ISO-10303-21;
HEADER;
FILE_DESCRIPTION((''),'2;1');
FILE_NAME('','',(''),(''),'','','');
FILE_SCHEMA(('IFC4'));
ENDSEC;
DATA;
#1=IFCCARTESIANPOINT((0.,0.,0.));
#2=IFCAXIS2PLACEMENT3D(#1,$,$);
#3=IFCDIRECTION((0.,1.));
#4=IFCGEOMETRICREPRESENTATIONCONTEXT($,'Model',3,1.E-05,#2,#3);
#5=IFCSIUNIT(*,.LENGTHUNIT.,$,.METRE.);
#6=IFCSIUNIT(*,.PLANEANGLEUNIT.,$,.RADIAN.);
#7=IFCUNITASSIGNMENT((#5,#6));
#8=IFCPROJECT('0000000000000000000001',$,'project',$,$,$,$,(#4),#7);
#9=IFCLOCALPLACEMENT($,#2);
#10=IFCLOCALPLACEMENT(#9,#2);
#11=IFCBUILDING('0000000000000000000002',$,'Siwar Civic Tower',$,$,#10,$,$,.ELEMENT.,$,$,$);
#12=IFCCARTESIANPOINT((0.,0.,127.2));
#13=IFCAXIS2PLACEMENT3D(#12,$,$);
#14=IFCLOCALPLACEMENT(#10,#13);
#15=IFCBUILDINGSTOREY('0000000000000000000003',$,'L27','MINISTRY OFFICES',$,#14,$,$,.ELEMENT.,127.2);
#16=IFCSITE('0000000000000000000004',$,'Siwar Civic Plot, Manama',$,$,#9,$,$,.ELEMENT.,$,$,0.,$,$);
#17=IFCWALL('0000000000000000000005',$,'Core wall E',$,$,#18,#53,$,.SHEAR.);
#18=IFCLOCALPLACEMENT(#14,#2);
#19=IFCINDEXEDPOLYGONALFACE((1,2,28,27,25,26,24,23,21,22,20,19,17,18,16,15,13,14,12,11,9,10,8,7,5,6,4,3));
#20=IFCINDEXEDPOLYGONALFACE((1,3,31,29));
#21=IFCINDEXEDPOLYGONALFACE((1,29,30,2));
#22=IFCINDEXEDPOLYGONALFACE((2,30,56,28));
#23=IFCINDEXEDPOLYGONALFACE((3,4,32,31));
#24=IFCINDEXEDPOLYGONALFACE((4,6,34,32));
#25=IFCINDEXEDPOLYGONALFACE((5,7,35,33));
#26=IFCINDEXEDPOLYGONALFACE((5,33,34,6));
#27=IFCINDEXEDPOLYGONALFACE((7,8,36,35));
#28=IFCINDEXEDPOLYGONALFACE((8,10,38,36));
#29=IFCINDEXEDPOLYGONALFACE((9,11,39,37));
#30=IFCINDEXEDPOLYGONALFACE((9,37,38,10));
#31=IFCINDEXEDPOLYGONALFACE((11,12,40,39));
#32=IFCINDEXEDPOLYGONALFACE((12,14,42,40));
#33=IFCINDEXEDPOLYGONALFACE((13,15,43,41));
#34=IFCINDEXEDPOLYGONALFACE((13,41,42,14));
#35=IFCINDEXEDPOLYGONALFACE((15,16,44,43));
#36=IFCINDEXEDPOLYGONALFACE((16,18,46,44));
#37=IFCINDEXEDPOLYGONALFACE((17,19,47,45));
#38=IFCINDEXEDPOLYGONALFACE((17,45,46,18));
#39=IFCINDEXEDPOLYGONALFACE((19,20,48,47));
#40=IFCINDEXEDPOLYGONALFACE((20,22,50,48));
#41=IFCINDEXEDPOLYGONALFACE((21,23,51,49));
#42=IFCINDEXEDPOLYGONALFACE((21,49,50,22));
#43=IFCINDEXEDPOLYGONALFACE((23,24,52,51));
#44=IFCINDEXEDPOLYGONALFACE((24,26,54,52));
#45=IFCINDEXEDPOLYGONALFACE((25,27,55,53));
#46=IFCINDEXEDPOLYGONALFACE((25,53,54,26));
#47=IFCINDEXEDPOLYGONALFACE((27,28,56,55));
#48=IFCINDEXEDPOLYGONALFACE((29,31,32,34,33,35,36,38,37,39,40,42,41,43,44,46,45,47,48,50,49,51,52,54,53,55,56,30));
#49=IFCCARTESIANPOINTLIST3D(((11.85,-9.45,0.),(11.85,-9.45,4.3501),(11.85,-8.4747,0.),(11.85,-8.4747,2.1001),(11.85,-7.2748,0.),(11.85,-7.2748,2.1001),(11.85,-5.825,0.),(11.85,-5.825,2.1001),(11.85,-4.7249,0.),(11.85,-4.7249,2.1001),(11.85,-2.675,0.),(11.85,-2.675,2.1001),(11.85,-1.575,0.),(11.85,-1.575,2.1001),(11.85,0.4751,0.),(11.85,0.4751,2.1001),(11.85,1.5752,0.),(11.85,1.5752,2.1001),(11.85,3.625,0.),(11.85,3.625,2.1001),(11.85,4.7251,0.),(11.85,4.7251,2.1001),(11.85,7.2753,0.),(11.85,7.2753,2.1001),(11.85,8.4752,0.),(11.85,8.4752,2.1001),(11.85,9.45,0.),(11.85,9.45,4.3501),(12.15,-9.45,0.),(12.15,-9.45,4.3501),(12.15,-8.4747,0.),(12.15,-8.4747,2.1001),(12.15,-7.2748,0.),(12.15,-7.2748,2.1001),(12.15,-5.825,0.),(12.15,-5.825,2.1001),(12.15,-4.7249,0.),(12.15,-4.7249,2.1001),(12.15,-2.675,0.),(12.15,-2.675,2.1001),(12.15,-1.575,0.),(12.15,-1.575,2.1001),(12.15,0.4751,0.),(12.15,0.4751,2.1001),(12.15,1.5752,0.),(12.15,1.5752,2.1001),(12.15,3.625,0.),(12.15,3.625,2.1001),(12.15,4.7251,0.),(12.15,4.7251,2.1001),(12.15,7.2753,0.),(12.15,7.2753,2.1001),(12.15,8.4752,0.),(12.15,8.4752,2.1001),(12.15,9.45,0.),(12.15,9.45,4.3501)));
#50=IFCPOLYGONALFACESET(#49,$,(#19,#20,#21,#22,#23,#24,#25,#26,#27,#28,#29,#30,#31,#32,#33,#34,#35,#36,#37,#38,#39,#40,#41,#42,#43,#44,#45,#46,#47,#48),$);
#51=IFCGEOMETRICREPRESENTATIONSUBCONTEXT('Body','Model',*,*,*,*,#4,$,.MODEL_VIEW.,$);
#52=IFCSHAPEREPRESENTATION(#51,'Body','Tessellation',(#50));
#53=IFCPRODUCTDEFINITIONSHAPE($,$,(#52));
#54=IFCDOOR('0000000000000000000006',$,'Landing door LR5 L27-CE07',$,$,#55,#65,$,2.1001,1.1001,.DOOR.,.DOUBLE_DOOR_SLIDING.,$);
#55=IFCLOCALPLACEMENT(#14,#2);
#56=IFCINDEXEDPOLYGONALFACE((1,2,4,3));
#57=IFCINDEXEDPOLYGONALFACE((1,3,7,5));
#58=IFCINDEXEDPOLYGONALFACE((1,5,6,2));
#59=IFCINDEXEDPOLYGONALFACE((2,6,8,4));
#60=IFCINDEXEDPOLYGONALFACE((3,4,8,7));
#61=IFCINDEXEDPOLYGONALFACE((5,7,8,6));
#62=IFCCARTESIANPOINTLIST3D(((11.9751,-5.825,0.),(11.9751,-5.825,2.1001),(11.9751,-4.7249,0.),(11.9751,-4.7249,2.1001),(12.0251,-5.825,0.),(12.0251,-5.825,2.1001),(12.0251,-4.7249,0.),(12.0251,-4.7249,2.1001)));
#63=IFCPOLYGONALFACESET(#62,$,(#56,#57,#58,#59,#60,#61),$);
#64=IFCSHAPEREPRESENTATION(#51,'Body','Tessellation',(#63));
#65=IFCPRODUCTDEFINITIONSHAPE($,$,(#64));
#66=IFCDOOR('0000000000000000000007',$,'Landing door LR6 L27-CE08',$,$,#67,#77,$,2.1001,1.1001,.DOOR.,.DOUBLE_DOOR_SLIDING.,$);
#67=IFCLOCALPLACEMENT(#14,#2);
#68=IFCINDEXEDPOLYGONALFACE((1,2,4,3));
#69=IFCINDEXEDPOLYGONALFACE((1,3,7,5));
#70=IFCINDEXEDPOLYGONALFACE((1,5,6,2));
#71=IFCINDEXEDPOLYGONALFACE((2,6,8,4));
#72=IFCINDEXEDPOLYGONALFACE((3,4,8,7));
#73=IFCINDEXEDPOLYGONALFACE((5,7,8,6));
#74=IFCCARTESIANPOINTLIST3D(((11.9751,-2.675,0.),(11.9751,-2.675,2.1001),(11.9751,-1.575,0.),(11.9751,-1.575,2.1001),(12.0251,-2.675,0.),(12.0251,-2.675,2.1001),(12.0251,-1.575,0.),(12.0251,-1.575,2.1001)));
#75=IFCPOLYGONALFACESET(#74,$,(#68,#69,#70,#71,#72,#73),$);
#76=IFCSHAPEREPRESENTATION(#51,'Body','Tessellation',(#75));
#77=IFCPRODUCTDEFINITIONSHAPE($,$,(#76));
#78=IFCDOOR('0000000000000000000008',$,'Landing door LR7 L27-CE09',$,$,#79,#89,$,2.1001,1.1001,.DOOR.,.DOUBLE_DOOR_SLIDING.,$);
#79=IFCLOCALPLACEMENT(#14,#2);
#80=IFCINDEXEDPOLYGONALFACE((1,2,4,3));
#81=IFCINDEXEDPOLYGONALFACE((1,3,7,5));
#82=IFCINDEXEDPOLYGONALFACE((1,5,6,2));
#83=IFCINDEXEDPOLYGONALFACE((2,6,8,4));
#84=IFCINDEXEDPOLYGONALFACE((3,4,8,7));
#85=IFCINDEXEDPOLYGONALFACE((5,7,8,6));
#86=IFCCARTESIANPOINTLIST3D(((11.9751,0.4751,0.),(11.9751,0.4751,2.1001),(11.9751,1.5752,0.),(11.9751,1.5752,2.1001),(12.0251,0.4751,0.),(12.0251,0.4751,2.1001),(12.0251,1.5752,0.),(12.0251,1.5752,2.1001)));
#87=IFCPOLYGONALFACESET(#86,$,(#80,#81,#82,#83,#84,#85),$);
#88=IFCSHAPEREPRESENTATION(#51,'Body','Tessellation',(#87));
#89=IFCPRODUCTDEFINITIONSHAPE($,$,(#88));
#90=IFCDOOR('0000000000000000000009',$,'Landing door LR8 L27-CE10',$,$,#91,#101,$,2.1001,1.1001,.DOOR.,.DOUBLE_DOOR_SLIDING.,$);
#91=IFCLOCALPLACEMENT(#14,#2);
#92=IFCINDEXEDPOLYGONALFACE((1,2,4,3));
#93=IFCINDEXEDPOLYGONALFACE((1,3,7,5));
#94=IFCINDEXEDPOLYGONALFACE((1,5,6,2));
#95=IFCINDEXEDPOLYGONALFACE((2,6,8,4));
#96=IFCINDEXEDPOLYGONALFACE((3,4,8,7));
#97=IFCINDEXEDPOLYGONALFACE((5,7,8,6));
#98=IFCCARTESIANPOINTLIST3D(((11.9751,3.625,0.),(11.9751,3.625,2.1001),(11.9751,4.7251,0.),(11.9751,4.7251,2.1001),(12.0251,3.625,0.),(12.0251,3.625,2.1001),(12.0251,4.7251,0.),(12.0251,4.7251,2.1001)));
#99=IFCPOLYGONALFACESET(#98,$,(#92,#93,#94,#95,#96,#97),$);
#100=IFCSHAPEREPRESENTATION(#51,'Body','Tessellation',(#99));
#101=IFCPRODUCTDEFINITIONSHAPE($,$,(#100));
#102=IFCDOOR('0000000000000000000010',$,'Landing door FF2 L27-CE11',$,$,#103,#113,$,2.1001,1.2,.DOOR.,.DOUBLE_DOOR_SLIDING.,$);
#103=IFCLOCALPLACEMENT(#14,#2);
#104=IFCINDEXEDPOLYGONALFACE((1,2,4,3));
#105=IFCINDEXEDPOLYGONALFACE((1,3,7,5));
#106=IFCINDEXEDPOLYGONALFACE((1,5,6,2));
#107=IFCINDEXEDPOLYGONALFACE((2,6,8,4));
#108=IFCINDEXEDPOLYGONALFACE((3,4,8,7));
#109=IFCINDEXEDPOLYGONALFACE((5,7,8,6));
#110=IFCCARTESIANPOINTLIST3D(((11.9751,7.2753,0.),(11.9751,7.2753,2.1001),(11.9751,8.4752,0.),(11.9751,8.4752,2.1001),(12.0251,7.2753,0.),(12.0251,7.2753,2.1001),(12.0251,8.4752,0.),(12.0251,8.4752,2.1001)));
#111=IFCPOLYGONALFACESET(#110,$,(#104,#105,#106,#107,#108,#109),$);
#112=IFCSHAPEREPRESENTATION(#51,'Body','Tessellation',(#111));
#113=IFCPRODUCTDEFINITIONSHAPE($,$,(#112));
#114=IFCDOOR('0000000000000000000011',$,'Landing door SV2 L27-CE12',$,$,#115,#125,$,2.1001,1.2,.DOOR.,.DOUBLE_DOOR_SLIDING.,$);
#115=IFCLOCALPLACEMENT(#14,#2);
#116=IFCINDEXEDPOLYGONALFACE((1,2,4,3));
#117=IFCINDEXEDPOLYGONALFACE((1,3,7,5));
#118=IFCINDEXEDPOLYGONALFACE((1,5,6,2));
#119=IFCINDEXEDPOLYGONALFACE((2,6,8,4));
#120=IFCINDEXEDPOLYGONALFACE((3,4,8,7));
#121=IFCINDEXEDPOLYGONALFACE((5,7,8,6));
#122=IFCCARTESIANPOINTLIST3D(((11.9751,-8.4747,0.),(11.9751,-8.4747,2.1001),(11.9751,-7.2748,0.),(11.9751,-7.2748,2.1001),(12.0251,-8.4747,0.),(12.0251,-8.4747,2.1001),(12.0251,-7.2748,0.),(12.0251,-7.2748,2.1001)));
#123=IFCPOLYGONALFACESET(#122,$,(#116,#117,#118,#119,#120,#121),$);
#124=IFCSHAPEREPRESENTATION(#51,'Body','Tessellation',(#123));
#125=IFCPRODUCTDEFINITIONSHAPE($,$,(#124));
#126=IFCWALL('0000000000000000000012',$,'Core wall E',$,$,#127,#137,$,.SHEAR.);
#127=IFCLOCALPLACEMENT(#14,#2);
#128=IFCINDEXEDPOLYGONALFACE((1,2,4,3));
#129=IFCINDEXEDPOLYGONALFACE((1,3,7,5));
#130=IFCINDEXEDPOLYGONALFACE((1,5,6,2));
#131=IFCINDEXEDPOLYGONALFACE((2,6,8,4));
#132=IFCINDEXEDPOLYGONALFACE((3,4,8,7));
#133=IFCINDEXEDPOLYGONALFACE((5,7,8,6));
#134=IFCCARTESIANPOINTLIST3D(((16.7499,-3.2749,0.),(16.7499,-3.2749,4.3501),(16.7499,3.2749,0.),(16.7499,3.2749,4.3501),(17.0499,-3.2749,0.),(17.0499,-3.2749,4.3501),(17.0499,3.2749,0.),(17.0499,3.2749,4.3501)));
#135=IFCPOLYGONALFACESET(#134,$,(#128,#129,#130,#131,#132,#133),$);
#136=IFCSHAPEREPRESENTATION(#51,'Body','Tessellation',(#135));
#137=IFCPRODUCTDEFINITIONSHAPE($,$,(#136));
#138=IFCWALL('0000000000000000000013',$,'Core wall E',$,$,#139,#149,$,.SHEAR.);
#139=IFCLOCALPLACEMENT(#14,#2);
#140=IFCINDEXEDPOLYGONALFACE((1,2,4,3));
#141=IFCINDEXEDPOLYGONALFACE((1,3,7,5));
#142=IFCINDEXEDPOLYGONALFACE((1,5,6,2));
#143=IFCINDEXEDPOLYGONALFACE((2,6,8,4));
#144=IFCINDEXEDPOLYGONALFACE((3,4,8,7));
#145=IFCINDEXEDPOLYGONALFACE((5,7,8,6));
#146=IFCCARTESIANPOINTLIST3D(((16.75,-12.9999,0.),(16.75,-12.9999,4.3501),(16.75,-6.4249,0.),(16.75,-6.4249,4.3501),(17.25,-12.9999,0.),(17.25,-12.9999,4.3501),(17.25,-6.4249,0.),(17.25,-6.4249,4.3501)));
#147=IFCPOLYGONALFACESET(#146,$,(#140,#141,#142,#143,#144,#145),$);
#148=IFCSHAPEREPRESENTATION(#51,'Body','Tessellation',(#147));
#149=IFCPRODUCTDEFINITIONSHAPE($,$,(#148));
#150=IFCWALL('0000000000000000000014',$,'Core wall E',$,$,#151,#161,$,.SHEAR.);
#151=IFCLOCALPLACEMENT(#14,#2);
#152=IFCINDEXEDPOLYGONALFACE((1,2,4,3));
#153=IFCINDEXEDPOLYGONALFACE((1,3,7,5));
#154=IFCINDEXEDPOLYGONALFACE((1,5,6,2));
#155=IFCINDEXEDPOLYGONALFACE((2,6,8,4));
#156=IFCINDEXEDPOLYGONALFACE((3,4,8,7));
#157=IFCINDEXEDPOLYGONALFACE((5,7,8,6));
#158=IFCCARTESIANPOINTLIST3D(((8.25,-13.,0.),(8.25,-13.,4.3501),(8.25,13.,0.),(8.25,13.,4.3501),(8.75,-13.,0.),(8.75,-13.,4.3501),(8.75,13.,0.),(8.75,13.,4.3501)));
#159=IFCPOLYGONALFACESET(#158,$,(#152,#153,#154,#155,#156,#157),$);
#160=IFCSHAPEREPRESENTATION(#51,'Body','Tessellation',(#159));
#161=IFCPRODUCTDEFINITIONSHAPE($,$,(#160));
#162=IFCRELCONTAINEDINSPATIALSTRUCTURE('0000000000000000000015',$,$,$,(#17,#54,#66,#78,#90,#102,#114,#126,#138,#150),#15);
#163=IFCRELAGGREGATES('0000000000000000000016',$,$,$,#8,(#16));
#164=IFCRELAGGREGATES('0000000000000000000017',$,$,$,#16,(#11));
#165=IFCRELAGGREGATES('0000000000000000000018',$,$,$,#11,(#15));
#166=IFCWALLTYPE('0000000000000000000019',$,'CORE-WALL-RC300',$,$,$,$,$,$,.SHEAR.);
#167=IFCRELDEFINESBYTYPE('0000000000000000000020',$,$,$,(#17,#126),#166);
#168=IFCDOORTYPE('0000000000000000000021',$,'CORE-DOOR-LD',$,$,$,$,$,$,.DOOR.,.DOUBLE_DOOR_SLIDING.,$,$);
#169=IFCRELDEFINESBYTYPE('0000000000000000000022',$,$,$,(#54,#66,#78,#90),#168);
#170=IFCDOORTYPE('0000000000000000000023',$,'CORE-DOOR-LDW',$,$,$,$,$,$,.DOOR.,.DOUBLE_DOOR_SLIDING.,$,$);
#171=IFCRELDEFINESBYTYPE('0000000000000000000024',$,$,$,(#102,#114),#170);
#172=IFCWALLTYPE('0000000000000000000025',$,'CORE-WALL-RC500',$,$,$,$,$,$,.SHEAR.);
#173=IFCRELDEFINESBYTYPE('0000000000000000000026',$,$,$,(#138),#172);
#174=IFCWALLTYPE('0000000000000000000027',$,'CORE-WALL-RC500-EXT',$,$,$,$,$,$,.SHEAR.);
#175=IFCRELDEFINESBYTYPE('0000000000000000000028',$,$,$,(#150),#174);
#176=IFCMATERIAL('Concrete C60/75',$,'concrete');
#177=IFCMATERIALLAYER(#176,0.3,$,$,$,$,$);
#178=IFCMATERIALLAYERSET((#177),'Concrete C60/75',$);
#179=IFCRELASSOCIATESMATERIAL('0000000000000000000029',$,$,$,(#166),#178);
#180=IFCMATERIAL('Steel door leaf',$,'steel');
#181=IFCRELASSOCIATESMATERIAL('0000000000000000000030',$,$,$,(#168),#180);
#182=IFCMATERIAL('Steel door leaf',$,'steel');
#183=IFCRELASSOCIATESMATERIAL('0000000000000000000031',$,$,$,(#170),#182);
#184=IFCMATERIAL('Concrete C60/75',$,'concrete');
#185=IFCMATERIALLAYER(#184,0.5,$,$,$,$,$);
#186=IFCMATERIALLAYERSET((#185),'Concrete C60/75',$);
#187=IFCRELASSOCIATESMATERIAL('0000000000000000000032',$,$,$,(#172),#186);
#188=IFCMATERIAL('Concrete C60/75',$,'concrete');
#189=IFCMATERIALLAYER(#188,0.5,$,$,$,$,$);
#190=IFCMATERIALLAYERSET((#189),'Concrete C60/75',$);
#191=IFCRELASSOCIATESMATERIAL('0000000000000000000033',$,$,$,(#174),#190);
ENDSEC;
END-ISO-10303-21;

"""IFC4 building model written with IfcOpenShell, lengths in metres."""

from ifc_helpers import new_model, si_unit, direction, frame, frame_2d, origin, place, context, subcontext, project, spatial, rectangle, extrude, material, layer, layer_set, type_object, element, fill, save


model = new_model("IFC4")

# Units and contexts
model_context = context("Model", 3, precision=1e-05, world=origin(), true_north=direction((0.0, 1.0)))
body_context = subcontext(model_context, "Body", "Model", "MODEL_VIEW")
ifc_project = project(units=[si_unit("LENGTHUNIT", "METRE"), si_unit("PLANEANGLEUNIT", "RADIAN")], contexts=[model_context])

# Site, building, storey
site_placement = place(None, origin())
site = spatial("IfcSite", under=ifc_project, at=site_placement, Name="Siwar Civic Plot, Manama", CompositionType="ELEMENT", RefElevation=0.0)
building_placement = place(site_placement, origin())
building = spatial("IfcBuilding", under=site, at=building_placement, Name="Siwar Civic Tower", CompositionType="ELEMENT")
storey_placement = place(building_placement, frame((0.0, 0.0, 127.2)))
storey = spatial("IfcBuildingStorey", under=building, at=storey_placement, Name="L27", Description="MINISTRY OFFICES", CompositionType="ELEMENT", Elevation=127.2)

# Wall, openings, doors
ifc_material_1 = material(Name="Concrete C60/75", Category="concrete")
ifc_layer_1 = layer(ifc_material_1, 0.3)
ifc_layer_set_1 = layer_set([ifc_layer_1], Name="Concrete C60/75")
wall_type_1 = type_object("IfcWallType", Name="CORE-WALL-RC300", PredefinedType="SHEAR", material=ifc_layer_set_1)
wall_1_placement = place(storey_placement, frame((12.0, -9.45, 0.0), z_axis=(0.0, 0.0, 1.0), x_axis=(0.0, 1.0, 0.0)))
wall_1 = element("IfcWall", 1, at=wall_1_placement, inside=storey, type_object=wall_type_1, Name="Core wall E", PredefinedType="SHEAR", context=body_context, shape_type="SweptSolid", body=[
    extrude(rectangle(XDim=18.8999, YDim=0.3, at=frame_2d((9.45, 0.0))), origin(), (0.0, 0.0, 1.0), 4.3501),
])
opening_1_placement = place(wall_1_placement, frame((3.625, 0.0, 0.0)))
opening_1 = element("IfcOpeningElement", 2, at=opening_1_placement, cuts=wall_1, PredefinedType="OPENING", context=body_context, shape_type="SweptSolid", body=[
    extrude(rectangle(XDim=1.1001, YDim=2.1001, at=frame_2d((0.55, 1.05))), frame((0.0, 0.1602, 0.0), z_axis=(0.0, -1.0, 0.0), x_axis=(1.0, 0.0, 0.0)), (0.0, 0.0, 1.0), 0.3201),
])
opening_2_placement = place(wall_1_placement, frame((6.7749, 0.0, 0.0)))
opening_2 = element("IfcOpeningElement", 3, at=opening_2_placement, cuts=wall_1, PredefinedType="OPENING", context=body_context, shape_type="SweptSolid", body=[
    extrude(rectangle(XDim=1.1001, YDim=2.1001, at=frame_2d((0.55, 1.05))), frame((0.0, 0.1602, 0.0), z_axis=(0.0, -1.0, 0.0), x_axis=(1.0, 0.0, 0.0)), (0.0, 0.0, 1.0), 0.3201),
])
opening_3_placement = place(wall_1_placement, frame((9.925, 0.0, 0.0)))
opening_3 = element("IfcOpeningElement", 4, at=opening_3_placement, cuts=wall_1, PredefinedType="OPENING", context=body_context, shape_type="SweptSolid", body=[
    extrude(rectangle(XDim=1.1001, YDim=2.1001, at=frame_2d((0.55, 1.05))), frame((0.0, 0.1602, 0.0), z_axis=(0.0, -1.0, 0.0), x_axis=(1.0, 0.0, 0.0)), (0.0, 0.0, 1.0), 0.3201),
])
opening_4_placement = place(wall_1_placement, frame((13.075, 0.0, 0.0)))
opening_4 = element("IfcOpeningElement", 5, at=opening_4_placement, cuts=wall_1, PredefinedType="OPENING", context=body_context, shape_type="SweptSolid", body=[
    extrude(rectangle(XDim=1.1001, YDim=2.1001, at=frame_2d((0.55, 1.05))), frame((0.0, 0.1602, 0.0), z_axis=(0.0, -1.0, 0.0), x_axis=(1.0, 0.0, 0.0)), (0.0, 0.0, 1.0), 0.3201),
])
opening_5_placement = place(wall_1_placement, frame((16.7251, 0.0, 0.0)))
opening_5 = element("IfcOpeningElement", 6, at=opening_5_placement, cuts=wall_1, PredefinedType="OPENING", context=body_context, shape_type="SweptSolid", body=[
    extrude(rectangle(XDim=1.2, YDim=2.1001, at=frame_2d((0.6001, 1.05))), frame((0.0, 0.1602, 0.0), z_axis=(0.0, -1.0, 0.0), x_axis=(1.0, 0.0, 0.0)), (0.0, 0.0, 1.0), 0.3201),
])
opening_6_placement = place(wall_1_placement, frame((0.9751, 0.0, 0.0)))
opening_6 = element("IfcOpeningElement", 7, at=opening_6_placement, cuts=wall_1, PredefinedType="OPENING", context=body_context, shape_type="SweptSolid", body=[
    extrude(rectangle(XDim=1.2, YDim=2.1001, at=frame_2d((0.6001, 1.05))), frame((0.0, 0.1602, 0.0), z_axis=(0.0, -1.0, 0.0), x_axis=(1.0, 0.0, 0.0)), (0.0, 0.0, 1.0), 0.3201),
])
ifc_material_2 = material(Name="Steel door leaf", Category="steel")
door_type_1 = type_object("IfcDoorType", Name="CORE-DOOR-LD", OperationType="DOUBLE_DOOR_SLIDING", PredefinedType="DOOR", material=ifc_material_2)
door_1_placement = place(opening_1_placement, origin())
door_1 = element("IfcDoor", 8, at=door_1_placement, inside=storey, type_object=door_type_1, Name="Landing door LR5 L27-CE07", OperationType="DOUBLE_DOOR_SLIDING", OverallHeight=2.1001, OverallWidth=1.1001, PredefinedType="DOOR", context=body_context, shape_type="SweptSolid", body=[
    extrude(rectangle(XDim=1.1001, YDim=2.1001, at=frame_2d((0.55, 1.05))), frame((0.0, 0.0249, 0.0), z_axis=(0.0, -1.0, 0.0), x_axis=(1.0, 0.0, 0.0)), (0.0, 0.0, 1.0), 0.05),
])
fill(opening_1, door_1)
door_2_placement = place(opening_2_placement, origin())
door_2 = element("IfcDoor", 9, at=door_2_placement, inside=storey, type_object=door_type_1, Name="Landing door LR6 L27-CE08", OperationType="DOUBLE_DOOR_SLIDING", OverallHeight=2.1001, OverallWidth=1.1001, PredefinedType="DOOR", context=body_context, shape_type="SweptSolid", body=[
    extrude(rectangle(XDim=1.1001, YDim=2.1001, at=frame_2d((0.55, 1.05))), frame((0.0, 0.0249, 0.0), z_axis=(0.0, -1.0, 0.0), x_axis=(1.0, 0.0, 0.0)), (0.0, 0.0, 1.0), 0.05),
])
fill(opening_2, door_2)
door_3_placement = place(opening_3_placement, origin())
door_3 = element("IfcDoor", 10, at=door_3_placement, inside=storey, type_object=door_type_1, Name="Landing door LR7 L27-CE09", OperationType="DOUBLE_DOOR_SLIDING", OverallHeight=2.1001, OverallWidth=1.1001, PredefinedType="DOOR", context=body_context, shape_type="SweptSolid", body=[
    extrude(rectangle(XDim=1.1001, YDim=2.1001, at=frame_2d((0.55, 1.05))), frame((0.0, 0.0249, 0.0), z_axis=(0.0, -1.0, 0.0), x_axis=(1.0, 0.0, 0.0)), (0.0, 0.0, 1.0), 0.05),
])
fill(opening_3, door_3)
door_4_placement = place(opening_4_placement, origin())
door_4 = element("IfcDoor", 11, at=door_4_placement, inside=storey, type_object=door_type_1, Name="Landing door LR8 L27-CE10", OperationType="DOUBLE_DOOR_SLIDING", OverallHeight=2.1001, OverallWidth=1.1001, PredefinedType="DOOR", context=body_context, shape_type="SweptSolid", body=[
    extrude(rectangle(XDim=1.1001, YDim=2.1001, at=frame_2d((0.55, 1.05))), frame((0.0, 0.0249, 0.0), z_axis=(0.0, -1.0, 0.0), x_axis=(1.0, 0.0, 0.0)), (0.0, 0.0, 1.0), 0.05),
])
fill(opening_4, door_4)
ifc_material_3 = material(Name="Steel door leaf", Category="steel")
door_type_2 = type_object("IfcDoorType", Name="CORE-DOOR-LDW", OperationType="DOUBLE_DOOR_SLIDING", PredefinedType="DOOR", material=ifc_material_3)
door_5_placement = place(opening_5_placement, origin())
door_5 = element("IfcDoor", 12, at=door_5_placement, inside=storey, type_object=door_type_2, Name="Landing door FF2 L27-CE11", OperationType="DOUBLE_DOOR_SLIDING", OverallHeight=2.1001, OverallWidth=1.2, PredefinedType="DOOR", context=body_context, shape_type="SweptSolid", body=[
    extrude(rectangle(XDim=1.2, YDim=2.1001, at=frame_2d((0.6001, 1.05))), frame((0.0, 0.0249, 0.0), z_axis=(0.0, -1.0, 0.0), x_axis=(1.0, 0.0, 0.0)), (0.0, 0.0, 1.0), 0.05),
])
fill(opening_5, door_5)
door_6_placement = place(opening_6_placement, origin())
door_6 = element("IfcDoor", 13, at=door_6_placement, inside=storey, type_object=door_type_2, Name="Landing door SV2 L27-CE12", OperationType="DOUBLE_DOOR_SLIDING", OverallHeight=2.1001, OverallWidth=1.2, PredefinedType="DOOR", context=body_context, shape_type="SweptSolid", body=[
    extrude(rectangle(XDim=1.2, YDim=2.1001, at=frame_2d((0.6001, 1.05))), frame((0.0, 0.0249, 0.0), z_axis=(0.0, -1.0, 0.0), x_axis=(1.0, 0.0, 0.0)), (0.0, 0.0, 1.0), 0.05),
])
fill(opening_6, door_6)

# Walls
wall_2_placement = place(storey_placement, frame((16.8999, -3.2749, 0.0), z_axis=(0.0, 0.0, 1.0), x_axis=(0.0, 1.0, 0.0)))
element("IfcWall", 14, at=wall_2_placement, inside=storey, type_object=wall_type_1, Name="Core wall E", PredefinedType="SHEAR", context=body_context, shape_type="SweptSolid", body=[
    extrude(rectangle(XDim=6.5498, YDim=0.3, at=frame_2d((3.2749, 0.0))), origin(), (0.0, 0.0, 1.0), 4.3501),
])
ifc_material_4 = material(Name="Concrete C60/75", Category="concrete")
ifc_layer_2 = layer(ifc_material_4, 0.5)
ifc_layer_set_2 = layer_set([ifc_layer_2], Name="Concrete C60/75")
wall_type_2 = type_object("IfcWallType", Name="CORE-WALL-RC500", PredefinedType="SHEAR", material=ifc_layer_set_2)
wall_3_placement = place(storey_placement, frame((17.0, -13.0, 0.0), z_axis=(0.0, 0.0, 1.0), x_axis=(0.0, 1.0, 0.0)))
element("IfcWall", 15, at=wall_3_placement, inside=storey, type_object=wall_type_2, Name="Core wall E", PredefinedType="SHEAR", context=body_context, shape_type="SweptSolid", body=[
    extrude(rectangle(XDim=6.575, YDim=0.5, at=frame_2d((3.2876, 0.0))), origin(), (0.0, 0.0, 1.0), 4.3501),
])
ifc_material_5 = material(Name="Concrete C60/75", Category="concrete")
ifc_layer_3 = layer(ifc_material_5, 0.5)
ifc_layer_set_3 = layer_set([ifc_layer_3], Name="Concrete C60/75")
wall_type_3 = type_object("IfcWallType", Name="CORE-WALL-RC500-EXT", PredefinedType="SHEAR", material=ifc_layer_set_3)
wall_4_placement = place(storey_placement, frame((8.5, -13.0, 0.0), z_axis=(0.0, 0.0, 1.0), x_axis=(0.0, 1.0, 0.0)))
element("IfcWall", 16, at=wall_4_placement, inside=storey, type_object=wall_type_3, Name="Core wall E", PredefinedType="SHEAR", context=body_context, shape_type="SweptSolid", body=[
    extrude(rectangle(XDim=26.0, YDim=0.5, at=frame_2d((13.0, 0.0))), origin(), (0.0, 0.0, 1.0), 4.3501),
])

save(model, "model.ifc")
